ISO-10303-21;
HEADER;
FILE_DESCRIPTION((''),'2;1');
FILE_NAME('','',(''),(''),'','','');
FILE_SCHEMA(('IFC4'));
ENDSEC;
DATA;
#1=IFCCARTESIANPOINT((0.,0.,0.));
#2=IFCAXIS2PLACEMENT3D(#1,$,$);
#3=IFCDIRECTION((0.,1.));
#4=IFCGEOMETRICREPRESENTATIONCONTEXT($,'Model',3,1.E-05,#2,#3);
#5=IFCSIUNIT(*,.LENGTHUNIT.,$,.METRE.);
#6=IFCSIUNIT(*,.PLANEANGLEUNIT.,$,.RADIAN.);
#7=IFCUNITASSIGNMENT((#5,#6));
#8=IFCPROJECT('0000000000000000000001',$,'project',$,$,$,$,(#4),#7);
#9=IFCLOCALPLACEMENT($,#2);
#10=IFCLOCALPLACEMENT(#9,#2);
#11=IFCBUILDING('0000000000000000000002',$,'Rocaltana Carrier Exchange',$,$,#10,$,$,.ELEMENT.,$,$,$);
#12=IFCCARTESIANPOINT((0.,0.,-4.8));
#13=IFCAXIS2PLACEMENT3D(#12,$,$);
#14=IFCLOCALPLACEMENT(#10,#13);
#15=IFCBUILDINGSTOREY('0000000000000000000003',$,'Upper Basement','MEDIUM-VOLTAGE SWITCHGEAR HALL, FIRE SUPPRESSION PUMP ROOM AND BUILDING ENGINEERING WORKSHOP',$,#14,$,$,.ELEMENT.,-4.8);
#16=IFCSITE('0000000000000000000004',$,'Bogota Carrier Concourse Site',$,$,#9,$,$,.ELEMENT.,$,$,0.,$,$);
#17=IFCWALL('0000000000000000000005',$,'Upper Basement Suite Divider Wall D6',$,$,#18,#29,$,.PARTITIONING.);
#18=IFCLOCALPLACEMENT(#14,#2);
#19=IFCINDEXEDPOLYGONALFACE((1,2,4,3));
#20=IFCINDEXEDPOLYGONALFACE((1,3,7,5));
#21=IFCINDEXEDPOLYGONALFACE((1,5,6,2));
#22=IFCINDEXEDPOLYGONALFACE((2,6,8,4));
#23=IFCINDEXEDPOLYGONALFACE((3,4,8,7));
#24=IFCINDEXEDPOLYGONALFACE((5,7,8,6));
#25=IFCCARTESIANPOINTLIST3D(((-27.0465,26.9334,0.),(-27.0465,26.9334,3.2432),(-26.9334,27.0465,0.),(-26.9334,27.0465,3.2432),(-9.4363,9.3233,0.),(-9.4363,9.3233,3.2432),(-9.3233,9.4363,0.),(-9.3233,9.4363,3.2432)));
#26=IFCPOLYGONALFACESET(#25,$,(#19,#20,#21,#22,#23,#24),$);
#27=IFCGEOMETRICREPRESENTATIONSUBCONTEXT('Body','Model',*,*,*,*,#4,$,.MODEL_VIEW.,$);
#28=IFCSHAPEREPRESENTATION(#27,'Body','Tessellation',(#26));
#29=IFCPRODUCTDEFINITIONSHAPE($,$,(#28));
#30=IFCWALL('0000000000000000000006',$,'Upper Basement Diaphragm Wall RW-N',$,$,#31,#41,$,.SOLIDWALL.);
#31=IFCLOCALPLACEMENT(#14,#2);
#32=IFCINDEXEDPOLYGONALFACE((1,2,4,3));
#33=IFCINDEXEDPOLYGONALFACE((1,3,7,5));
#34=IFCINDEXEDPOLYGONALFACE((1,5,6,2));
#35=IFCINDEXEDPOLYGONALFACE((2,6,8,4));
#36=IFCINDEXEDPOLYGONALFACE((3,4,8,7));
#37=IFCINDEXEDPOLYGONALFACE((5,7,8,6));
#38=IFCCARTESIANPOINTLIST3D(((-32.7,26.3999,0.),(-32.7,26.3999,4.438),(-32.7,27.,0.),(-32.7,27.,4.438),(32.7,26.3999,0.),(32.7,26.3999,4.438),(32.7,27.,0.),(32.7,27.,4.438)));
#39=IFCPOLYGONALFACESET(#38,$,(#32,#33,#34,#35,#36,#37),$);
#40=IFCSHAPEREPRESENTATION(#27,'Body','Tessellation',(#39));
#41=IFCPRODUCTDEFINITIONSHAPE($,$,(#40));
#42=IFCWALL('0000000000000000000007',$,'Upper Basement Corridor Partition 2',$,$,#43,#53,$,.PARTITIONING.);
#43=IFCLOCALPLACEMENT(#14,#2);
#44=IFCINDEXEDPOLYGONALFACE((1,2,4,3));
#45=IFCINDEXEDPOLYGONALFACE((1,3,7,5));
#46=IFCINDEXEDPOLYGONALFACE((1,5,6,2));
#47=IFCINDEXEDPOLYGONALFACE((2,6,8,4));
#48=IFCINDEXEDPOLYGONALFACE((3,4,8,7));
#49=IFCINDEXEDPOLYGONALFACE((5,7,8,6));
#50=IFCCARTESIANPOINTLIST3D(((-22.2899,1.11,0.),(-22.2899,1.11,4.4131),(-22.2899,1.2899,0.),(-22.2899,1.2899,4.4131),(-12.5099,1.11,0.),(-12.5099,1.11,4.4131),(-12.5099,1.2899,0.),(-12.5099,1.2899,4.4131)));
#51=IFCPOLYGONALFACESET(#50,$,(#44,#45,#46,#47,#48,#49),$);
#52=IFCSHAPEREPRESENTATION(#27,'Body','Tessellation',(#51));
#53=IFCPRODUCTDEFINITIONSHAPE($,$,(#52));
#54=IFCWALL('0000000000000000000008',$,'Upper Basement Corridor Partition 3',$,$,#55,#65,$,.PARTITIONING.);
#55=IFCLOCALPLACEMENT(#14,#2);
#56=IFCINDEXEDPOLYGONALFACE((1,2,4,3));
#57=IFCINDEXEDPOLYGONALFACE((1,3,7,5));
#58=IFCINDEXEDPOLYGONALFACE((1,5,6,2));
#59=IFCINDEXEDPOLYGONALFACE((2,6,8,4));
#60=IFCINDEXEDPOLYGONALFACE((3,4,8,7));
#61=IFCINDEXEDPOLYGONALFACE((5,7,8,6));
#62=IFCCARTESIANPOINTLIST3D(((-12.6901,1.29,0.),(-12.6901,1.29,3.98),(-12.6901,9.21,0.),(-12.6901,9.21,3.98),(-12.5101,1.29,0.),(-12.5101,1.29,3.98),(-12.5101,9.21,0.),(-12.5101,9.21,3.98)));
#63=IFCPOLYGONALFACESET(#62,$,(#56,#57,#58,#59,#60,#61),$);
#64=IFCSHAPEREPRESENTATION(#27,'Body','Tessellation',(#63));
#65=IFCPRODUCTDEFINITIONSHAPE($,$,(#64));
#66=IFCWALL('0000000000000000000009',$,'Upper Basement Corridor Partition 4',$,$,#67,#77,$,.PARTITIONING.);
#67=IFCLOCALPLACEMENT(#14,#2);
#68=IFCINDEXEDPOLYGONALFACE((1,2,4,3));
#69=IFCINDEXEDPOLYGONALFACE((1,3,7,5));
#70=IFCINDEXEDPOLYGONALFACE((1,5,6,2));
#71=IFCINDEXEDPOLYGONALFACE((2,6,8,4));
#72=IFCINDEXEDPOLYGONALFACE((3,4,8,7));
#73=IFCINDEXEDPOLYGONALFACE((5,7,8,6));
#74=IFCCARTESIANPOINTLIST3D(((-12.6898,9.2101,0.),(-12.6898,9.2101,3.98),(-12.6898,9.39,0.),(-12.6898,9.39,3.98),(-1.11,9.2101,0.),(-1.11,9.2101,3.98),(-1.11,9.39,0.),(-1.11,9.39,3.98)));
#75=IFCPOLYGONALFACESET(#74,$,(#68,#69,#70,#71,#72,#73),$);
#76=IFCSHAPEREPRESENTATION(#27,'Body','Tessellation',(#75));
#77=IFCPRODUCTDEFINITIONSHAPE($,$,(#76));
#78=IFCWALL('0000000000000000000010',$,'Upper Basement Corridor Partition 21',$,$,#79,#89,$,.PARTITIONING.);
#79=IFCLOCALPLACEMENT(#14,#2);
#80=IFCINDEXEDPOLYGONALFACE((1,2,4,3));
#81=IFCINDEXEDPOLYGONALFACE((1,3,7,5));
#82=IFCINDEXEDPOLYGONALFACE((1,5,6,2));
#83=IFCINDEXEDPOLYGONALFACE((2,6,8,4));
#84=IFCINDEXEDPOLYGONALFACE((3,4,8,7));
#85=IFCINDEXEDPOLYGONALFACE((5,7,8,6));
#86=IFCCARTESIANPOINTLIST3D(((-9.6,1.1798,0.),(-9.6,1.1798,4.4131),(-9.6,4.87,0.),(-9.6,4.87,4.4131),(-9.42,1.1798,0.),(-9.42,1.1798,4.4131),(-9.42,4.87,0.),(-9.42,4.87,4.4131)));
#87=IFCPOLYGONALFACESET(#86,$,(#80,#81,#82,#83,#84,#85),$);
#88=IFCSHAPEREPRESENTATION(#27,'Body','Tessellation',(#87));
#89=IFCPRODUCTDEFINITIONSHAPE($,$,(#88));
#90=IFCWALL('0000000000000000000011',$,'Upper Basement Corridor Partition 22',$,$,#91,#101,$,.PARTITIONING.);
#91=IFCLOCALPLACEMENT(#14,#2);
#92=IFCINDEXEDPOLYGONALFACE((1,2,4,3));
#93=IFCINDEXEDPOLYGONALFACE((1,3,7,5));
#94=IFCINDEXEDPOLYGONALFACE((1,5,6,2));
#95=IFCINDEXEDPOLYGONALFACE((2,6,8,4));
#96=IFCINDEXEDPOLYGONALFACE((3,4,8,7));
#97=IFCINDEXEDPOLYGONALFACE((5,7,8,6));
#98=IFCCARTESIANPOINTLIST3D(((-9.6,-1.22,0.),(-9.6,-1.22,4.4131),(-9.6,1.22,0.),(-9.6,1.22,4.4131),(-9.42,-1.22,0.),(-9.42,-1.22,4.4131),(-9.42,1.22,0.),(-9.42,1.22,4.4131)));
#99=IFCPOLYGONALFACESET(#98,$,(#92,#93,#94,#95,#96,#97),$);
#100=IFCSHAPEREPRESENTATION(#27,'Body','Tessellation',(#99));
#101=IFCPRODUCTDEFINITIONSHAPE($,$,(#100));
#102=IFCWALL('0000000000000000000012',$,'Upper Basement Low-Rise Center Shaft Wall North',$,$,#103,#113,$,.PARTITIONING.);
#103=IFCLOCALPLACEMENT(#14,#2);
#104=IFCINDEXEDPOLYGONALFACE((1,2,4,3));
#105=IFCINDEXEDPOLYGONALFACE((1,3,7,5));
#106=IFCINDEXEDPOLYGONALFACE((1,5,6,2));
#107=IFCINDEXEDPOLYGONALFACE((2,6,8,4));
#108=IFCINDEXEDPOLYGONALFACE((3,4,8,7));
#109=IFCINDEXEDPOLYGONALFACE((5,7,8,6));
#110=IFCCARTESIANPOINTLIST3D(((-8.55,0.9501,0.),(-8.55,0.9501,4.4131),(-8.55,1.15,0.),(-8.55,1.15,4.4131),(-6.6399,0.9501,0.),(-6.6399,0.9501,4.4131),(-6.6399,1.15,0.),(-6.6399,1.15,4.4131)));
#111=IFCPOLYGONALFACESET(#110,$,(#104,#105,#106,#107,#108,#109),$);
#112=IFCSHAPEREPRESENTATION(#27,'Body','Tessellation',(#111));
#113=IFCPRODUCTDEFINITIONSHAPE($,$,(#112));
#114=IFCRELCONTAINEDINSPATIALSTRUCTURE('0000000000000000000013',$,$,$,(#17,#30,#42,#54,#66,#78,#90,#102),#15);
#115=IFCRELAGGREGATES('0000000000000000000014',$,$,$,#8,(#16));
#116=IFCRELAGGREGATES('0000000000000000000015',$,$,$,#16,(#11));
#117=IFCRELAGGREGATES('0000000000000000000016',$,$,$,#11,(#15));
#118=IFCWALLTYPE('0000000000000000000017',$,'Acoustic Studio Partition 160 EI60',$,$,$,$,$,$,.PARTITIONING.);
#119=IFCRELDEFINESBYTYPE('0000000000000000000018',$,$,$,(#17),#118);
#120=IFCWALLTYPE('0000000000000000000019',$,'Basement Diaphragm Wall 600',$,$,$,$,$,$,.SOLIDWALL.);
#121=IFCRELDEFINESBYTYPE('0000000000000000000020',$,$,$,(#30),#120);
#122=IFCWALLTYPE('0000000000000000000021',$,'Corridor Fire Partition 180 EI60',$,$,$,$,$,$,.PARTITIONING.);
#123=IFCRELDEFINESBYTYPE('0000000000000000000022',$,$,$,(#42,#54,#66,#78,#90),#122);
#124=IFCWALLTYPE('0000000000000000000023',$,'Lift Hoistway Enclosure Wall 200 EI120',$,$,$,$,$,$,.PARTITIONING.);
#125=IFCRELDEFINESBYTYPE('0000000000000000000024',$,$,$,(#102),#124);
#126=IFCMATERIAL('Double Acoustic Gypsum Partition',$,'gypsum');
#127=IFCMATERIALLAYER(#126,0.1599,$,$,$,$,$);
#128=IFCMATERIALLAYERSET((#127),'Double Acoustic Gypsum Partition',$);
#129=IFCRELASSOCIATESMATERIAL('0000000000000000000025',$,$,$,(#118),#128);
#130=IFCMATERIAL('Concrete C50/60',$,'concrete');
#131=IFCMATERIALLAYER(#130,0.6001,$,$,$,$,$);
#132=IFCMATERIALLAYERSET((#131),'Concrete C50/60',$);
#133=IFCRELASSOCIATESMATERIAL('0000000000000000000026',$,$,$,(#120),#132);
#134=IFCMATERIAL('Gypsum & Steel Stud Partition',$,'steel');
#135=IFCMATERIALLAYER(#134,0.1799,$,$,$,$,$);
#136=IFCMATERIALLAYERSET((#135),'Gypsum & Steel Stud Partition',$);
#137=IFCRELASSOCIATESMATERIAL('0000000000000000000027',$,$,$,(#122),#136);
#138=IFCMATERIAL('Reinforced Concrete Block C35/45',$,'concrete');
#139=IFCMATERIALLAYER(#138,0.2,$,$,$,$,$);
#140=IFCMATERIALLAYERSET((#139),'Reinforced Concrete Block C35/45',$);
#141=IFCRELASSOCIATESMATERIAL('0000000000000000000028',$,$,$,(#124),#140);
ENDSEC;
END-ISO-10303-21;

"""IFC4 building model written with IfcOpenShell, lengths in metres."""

from ifc_helpers import new_model, si_unit, direction, frame, frame_2d, origin, place, context, subcontext, project, spatial, rectangle, extrude, material, layer, layer_set, type_object, element, save


model = new_model("IFC4")

# Units and contexts
model_context = context("Model", 3, precision=1e-05, world=origin(), true_north=direction((0.0, 1.0)))
body_context = subcontext(model_context, "Body", "Model", "MODEL_VIEW")
ifc_project = project(units=[si_unit("LENGTHUNIT", "METRE"), si_unit("PLANEANGLEUNIT", "RADIAN")], contexts=[model_context])

# Site, building, storey
site_placement = place(None, origin())
site = spatial("IfcSite", under=ifc_project, at=site_placement, Name="Bogota Carrier Concourse Site", CompositionType="ELEMENT", RefElevation=0.0)
building_placement = place(site_placement, origin())
building = spatial("IfcBuilding", under=site, at=building_placement, Name="Rocaltana Carrier Exchange", CompositionType="ELEMENT")
storey_placement = place(building_placement, frame((0.0, 0.0, -4.8)))
storey = spatial("IfcBuildingStorey", under=building, at=storey_placement, Name="Upper Basement", Description="MEDIUM-VOLTAGE SWITCHGEAR HALL, FIRE SUPPRESSION PUMP ROOM AND BUILDING ENGINEERING WORKSHOP", CompositionType="ELEMENT", Elevation=-4.8)

# Walls
ifc_material_1 = material(Name="Double Acoustic Gypsum Partition", Category="gypsum")
ifc_layer_1 = layer(ifc_material_1, 0.1599)
ifc_layer_set_1 = layer_set([ifc_layer_1], Name="Double Acoustic Gypsum Partition")
wall_type_1 = type_object("IfcWallType", Name="Acoustic Studio Partition 160 EI60", PredefinedType="PARTITIONING", material=ifc_layer_set_1)
wall_1_placement = place(storey_placement, frame((-9.3799, 9.3799, 0.0), z_axis=(0.0, 0.0, 1.0), x_axis=(-0.707107, 0.707107, 0.0)))
element("IfcWall", 1, at=wall_1_placement, inside=storey, type_object=wall_type_1, Name="Upper Basement Suite Divider Wall D6", PredefinedType="PARTITIONING", context=body_context, shape_type="SweptSolid", body=[
    extrude(rectangle(XDim=24.9045, YDim=0.1599, at=frame_2d((12.4521, 0.0))), origin(), (0.0, 0.0, 1.0), 3.2432),
])
ifc_material_2 = material(Name="Concrete C50/60", Category="concrete")
ifc_layer_2 = layer(ifc_material_2, 0.6001)
ifc_layer_set_2 = layer_set([ifc_layer_2], Name="Concrete C50/60")
wall_type_2 = type_object("IfcWallType", Name="Basement Diaphragm Wall 600", PredefinedType="SOLIDWALL", material=ifc_layer_set_2)
wall_2_placement = place(storey_placement, frame((-32.7, 26.7, 0.0), z_axis=(0.0, 0.0, 1.0), x_axis=(1.0, 0.0, 0.0)))
element("IfcWall", 2, at=wall_2_placement, inside=storey, type_object=wall_type_2, Name="Upper Basement Diaphragm Wall RW-N", PredefinedType="SOLIDWALL", context=body_context, shape_type="SweptSolid", body=[
    extrude(rectangle(XDim=65.3999, YDim=0.6001, at=frame_2d((32.7, 0.0))), origin(), (0.0, 0.0, 1.0), 4.438),
])
ifc_material_3 = material(Name="Gypsum & Steel Stud Partition", Category="steel")
ifc_layer_3 = layer(ifc_material_3, 0.1799)
ifc_layer_set_3 = layer_set([ifc_layer_3], Name="Gypsum & Steel Stud Partition")
wall_type_3 = type_object("IfcWallType", Name="Corridor Fire Partition 180 EI60", PredefinedType="PARTITIONING", material=ifc_layer_set_3)
wall_3_placement = place(storey_placement, frame((-22.29, 1.2, 0.0), z_axis=(0.0, 0.0, 1.0), x_axis=(1.0, 0.0, 0.0)))
element("IfcWall", 3, at=wall_3_placement, inside=storey, type_object=wall_type_3, Name="Upper Basement Corridor Partition 2", PredefinedType="PARTITIONING", context=body_context, shape_type="SweptSolid", body=[
    extrude(rectangle(XDim=9.78, YDim=0.1799, at=frame_2d((4.8901, 0.0))), origin(), (0.0, 0.0, 1.0), 4.4131),
])
wall_4_placement = place(storey_placement, frame((-12.6001, 1.29, 0.0), z_axis=(0.0, 0.0, 1.0), x_axis=(0.0, 1.0, 0.0)))
element("IfcWall", 4, at=wall_4_placement, inside=storey, type_object=wall_type_3, Name="Upper Basement Corridor Partition 3", PredefinedType="PARTITIONING", context=body_context, shape_type="SweptSolid", body=[
    extrude(rectangle(XDim=7.9199, YDim=0.1799, at=frame_2d((3.96, 0.0))), origin(), (0.0, 0.0, 1.0), 3.98),
])
wall_5_placement = place(storey_placement, frame((-12.6899, 9.3, 0.0), z_axis=(0.0, 0.0, 1.0), x_axis=(1.0, 0.0, 0.0)))
element("IfcWall", 5, at=wall_5_placement, inside=storey, type_object=wall_type_3, Name="Upper Basement Corridor Partition 4", PredefinedType="PARTITIONING", context=body_context, shape_type="SweptSolid", body=[
    extrude(rectangle(XDim=11.5798, YDim=0.1799, at=frame_2d((5.79, 0.0))), origin(), (0.0, 0.0, 1.0), 3.98),
])
wall_6_placement = place(storey_placement, frame((-9.51, 4.8701, 0.0), z_axis=(0.0, 0.0, 1.0), x_axis=(0.0, -1.0, 0.0)))
element("IfcWall", 6, at=wall_6_placement, inside=storey, type_object=wall_type_3, Name="Upper Basement Corridor Partition 21", PredefinedType="PARTITIONING", context=body_context, shape_type="SweptSolid", body=[
    extrude(rectangle(XDim=3.6902, YDim=0.1799, at=frame_2d((1.8452, 0.0))), origin(), (0.0, 0.0, 1.0), 4.4131),
])
wall_7_placement = place(storey_placement, frame((-9.51, 1.22, 0.0), z_axis=(0.0, 0.0, 1.0), x_axis=(0.0, -1.0, 0.0)))
element("IfcWall", 7, at=wall_7_placement, inside=storey, type_object=wall_type_3, Name="Upper Basement Corridor Partition 22", PredefinedType="PARTITIONING", context=body_context, shape_type="SweptSolid", body=[
    extrude(rectangle(XDim=2.4399, YDim=0.1799, at=frame_2d((1.22, 0.0))), origin(), (0.0, 0.0, 1.0), 4.4131),
])
ifc_material_4 = material(Name="Reinforced Concrete Block C35/45", Category="concrete")
ifc_layer_4 = layer(ifc_material_4, 0.2)
ifc_layer_set_4 = layer_set([ifc_layer_4], Name="Reinforced Concrete Block C35/45")
wall_type_4 = type_object("IfcWallType", Name="Lift Hoistway Enclosure Wall 200 EI120", PredefinedType="PARTITIONING", material=ifc_layer_set_4)
wall_8_placement = place(storey_placement, frame((-8.55, 1.05, 0.0), z_axis=(0.0, 0.0, 1.0), x_axis=(1.0, 0.0, 0.0)))
element("IfcWall", 8, at=wall_8_placement, inside=storey, type_object=wall_type_4, Name="Upper Basement Low-Rise Center Shaft Wall North", PredefinedType="PARTITIONING", context=body_context, shape_type="SweptSolid", body=[
    extrude(rectangle(XDim=1.9102, YDim=0.2, at=frame_2d((0.9551, 0.0))), origin(), (0.0, 0.0, 1.0), 4.4131),
])

save(model, "model.ifc")
